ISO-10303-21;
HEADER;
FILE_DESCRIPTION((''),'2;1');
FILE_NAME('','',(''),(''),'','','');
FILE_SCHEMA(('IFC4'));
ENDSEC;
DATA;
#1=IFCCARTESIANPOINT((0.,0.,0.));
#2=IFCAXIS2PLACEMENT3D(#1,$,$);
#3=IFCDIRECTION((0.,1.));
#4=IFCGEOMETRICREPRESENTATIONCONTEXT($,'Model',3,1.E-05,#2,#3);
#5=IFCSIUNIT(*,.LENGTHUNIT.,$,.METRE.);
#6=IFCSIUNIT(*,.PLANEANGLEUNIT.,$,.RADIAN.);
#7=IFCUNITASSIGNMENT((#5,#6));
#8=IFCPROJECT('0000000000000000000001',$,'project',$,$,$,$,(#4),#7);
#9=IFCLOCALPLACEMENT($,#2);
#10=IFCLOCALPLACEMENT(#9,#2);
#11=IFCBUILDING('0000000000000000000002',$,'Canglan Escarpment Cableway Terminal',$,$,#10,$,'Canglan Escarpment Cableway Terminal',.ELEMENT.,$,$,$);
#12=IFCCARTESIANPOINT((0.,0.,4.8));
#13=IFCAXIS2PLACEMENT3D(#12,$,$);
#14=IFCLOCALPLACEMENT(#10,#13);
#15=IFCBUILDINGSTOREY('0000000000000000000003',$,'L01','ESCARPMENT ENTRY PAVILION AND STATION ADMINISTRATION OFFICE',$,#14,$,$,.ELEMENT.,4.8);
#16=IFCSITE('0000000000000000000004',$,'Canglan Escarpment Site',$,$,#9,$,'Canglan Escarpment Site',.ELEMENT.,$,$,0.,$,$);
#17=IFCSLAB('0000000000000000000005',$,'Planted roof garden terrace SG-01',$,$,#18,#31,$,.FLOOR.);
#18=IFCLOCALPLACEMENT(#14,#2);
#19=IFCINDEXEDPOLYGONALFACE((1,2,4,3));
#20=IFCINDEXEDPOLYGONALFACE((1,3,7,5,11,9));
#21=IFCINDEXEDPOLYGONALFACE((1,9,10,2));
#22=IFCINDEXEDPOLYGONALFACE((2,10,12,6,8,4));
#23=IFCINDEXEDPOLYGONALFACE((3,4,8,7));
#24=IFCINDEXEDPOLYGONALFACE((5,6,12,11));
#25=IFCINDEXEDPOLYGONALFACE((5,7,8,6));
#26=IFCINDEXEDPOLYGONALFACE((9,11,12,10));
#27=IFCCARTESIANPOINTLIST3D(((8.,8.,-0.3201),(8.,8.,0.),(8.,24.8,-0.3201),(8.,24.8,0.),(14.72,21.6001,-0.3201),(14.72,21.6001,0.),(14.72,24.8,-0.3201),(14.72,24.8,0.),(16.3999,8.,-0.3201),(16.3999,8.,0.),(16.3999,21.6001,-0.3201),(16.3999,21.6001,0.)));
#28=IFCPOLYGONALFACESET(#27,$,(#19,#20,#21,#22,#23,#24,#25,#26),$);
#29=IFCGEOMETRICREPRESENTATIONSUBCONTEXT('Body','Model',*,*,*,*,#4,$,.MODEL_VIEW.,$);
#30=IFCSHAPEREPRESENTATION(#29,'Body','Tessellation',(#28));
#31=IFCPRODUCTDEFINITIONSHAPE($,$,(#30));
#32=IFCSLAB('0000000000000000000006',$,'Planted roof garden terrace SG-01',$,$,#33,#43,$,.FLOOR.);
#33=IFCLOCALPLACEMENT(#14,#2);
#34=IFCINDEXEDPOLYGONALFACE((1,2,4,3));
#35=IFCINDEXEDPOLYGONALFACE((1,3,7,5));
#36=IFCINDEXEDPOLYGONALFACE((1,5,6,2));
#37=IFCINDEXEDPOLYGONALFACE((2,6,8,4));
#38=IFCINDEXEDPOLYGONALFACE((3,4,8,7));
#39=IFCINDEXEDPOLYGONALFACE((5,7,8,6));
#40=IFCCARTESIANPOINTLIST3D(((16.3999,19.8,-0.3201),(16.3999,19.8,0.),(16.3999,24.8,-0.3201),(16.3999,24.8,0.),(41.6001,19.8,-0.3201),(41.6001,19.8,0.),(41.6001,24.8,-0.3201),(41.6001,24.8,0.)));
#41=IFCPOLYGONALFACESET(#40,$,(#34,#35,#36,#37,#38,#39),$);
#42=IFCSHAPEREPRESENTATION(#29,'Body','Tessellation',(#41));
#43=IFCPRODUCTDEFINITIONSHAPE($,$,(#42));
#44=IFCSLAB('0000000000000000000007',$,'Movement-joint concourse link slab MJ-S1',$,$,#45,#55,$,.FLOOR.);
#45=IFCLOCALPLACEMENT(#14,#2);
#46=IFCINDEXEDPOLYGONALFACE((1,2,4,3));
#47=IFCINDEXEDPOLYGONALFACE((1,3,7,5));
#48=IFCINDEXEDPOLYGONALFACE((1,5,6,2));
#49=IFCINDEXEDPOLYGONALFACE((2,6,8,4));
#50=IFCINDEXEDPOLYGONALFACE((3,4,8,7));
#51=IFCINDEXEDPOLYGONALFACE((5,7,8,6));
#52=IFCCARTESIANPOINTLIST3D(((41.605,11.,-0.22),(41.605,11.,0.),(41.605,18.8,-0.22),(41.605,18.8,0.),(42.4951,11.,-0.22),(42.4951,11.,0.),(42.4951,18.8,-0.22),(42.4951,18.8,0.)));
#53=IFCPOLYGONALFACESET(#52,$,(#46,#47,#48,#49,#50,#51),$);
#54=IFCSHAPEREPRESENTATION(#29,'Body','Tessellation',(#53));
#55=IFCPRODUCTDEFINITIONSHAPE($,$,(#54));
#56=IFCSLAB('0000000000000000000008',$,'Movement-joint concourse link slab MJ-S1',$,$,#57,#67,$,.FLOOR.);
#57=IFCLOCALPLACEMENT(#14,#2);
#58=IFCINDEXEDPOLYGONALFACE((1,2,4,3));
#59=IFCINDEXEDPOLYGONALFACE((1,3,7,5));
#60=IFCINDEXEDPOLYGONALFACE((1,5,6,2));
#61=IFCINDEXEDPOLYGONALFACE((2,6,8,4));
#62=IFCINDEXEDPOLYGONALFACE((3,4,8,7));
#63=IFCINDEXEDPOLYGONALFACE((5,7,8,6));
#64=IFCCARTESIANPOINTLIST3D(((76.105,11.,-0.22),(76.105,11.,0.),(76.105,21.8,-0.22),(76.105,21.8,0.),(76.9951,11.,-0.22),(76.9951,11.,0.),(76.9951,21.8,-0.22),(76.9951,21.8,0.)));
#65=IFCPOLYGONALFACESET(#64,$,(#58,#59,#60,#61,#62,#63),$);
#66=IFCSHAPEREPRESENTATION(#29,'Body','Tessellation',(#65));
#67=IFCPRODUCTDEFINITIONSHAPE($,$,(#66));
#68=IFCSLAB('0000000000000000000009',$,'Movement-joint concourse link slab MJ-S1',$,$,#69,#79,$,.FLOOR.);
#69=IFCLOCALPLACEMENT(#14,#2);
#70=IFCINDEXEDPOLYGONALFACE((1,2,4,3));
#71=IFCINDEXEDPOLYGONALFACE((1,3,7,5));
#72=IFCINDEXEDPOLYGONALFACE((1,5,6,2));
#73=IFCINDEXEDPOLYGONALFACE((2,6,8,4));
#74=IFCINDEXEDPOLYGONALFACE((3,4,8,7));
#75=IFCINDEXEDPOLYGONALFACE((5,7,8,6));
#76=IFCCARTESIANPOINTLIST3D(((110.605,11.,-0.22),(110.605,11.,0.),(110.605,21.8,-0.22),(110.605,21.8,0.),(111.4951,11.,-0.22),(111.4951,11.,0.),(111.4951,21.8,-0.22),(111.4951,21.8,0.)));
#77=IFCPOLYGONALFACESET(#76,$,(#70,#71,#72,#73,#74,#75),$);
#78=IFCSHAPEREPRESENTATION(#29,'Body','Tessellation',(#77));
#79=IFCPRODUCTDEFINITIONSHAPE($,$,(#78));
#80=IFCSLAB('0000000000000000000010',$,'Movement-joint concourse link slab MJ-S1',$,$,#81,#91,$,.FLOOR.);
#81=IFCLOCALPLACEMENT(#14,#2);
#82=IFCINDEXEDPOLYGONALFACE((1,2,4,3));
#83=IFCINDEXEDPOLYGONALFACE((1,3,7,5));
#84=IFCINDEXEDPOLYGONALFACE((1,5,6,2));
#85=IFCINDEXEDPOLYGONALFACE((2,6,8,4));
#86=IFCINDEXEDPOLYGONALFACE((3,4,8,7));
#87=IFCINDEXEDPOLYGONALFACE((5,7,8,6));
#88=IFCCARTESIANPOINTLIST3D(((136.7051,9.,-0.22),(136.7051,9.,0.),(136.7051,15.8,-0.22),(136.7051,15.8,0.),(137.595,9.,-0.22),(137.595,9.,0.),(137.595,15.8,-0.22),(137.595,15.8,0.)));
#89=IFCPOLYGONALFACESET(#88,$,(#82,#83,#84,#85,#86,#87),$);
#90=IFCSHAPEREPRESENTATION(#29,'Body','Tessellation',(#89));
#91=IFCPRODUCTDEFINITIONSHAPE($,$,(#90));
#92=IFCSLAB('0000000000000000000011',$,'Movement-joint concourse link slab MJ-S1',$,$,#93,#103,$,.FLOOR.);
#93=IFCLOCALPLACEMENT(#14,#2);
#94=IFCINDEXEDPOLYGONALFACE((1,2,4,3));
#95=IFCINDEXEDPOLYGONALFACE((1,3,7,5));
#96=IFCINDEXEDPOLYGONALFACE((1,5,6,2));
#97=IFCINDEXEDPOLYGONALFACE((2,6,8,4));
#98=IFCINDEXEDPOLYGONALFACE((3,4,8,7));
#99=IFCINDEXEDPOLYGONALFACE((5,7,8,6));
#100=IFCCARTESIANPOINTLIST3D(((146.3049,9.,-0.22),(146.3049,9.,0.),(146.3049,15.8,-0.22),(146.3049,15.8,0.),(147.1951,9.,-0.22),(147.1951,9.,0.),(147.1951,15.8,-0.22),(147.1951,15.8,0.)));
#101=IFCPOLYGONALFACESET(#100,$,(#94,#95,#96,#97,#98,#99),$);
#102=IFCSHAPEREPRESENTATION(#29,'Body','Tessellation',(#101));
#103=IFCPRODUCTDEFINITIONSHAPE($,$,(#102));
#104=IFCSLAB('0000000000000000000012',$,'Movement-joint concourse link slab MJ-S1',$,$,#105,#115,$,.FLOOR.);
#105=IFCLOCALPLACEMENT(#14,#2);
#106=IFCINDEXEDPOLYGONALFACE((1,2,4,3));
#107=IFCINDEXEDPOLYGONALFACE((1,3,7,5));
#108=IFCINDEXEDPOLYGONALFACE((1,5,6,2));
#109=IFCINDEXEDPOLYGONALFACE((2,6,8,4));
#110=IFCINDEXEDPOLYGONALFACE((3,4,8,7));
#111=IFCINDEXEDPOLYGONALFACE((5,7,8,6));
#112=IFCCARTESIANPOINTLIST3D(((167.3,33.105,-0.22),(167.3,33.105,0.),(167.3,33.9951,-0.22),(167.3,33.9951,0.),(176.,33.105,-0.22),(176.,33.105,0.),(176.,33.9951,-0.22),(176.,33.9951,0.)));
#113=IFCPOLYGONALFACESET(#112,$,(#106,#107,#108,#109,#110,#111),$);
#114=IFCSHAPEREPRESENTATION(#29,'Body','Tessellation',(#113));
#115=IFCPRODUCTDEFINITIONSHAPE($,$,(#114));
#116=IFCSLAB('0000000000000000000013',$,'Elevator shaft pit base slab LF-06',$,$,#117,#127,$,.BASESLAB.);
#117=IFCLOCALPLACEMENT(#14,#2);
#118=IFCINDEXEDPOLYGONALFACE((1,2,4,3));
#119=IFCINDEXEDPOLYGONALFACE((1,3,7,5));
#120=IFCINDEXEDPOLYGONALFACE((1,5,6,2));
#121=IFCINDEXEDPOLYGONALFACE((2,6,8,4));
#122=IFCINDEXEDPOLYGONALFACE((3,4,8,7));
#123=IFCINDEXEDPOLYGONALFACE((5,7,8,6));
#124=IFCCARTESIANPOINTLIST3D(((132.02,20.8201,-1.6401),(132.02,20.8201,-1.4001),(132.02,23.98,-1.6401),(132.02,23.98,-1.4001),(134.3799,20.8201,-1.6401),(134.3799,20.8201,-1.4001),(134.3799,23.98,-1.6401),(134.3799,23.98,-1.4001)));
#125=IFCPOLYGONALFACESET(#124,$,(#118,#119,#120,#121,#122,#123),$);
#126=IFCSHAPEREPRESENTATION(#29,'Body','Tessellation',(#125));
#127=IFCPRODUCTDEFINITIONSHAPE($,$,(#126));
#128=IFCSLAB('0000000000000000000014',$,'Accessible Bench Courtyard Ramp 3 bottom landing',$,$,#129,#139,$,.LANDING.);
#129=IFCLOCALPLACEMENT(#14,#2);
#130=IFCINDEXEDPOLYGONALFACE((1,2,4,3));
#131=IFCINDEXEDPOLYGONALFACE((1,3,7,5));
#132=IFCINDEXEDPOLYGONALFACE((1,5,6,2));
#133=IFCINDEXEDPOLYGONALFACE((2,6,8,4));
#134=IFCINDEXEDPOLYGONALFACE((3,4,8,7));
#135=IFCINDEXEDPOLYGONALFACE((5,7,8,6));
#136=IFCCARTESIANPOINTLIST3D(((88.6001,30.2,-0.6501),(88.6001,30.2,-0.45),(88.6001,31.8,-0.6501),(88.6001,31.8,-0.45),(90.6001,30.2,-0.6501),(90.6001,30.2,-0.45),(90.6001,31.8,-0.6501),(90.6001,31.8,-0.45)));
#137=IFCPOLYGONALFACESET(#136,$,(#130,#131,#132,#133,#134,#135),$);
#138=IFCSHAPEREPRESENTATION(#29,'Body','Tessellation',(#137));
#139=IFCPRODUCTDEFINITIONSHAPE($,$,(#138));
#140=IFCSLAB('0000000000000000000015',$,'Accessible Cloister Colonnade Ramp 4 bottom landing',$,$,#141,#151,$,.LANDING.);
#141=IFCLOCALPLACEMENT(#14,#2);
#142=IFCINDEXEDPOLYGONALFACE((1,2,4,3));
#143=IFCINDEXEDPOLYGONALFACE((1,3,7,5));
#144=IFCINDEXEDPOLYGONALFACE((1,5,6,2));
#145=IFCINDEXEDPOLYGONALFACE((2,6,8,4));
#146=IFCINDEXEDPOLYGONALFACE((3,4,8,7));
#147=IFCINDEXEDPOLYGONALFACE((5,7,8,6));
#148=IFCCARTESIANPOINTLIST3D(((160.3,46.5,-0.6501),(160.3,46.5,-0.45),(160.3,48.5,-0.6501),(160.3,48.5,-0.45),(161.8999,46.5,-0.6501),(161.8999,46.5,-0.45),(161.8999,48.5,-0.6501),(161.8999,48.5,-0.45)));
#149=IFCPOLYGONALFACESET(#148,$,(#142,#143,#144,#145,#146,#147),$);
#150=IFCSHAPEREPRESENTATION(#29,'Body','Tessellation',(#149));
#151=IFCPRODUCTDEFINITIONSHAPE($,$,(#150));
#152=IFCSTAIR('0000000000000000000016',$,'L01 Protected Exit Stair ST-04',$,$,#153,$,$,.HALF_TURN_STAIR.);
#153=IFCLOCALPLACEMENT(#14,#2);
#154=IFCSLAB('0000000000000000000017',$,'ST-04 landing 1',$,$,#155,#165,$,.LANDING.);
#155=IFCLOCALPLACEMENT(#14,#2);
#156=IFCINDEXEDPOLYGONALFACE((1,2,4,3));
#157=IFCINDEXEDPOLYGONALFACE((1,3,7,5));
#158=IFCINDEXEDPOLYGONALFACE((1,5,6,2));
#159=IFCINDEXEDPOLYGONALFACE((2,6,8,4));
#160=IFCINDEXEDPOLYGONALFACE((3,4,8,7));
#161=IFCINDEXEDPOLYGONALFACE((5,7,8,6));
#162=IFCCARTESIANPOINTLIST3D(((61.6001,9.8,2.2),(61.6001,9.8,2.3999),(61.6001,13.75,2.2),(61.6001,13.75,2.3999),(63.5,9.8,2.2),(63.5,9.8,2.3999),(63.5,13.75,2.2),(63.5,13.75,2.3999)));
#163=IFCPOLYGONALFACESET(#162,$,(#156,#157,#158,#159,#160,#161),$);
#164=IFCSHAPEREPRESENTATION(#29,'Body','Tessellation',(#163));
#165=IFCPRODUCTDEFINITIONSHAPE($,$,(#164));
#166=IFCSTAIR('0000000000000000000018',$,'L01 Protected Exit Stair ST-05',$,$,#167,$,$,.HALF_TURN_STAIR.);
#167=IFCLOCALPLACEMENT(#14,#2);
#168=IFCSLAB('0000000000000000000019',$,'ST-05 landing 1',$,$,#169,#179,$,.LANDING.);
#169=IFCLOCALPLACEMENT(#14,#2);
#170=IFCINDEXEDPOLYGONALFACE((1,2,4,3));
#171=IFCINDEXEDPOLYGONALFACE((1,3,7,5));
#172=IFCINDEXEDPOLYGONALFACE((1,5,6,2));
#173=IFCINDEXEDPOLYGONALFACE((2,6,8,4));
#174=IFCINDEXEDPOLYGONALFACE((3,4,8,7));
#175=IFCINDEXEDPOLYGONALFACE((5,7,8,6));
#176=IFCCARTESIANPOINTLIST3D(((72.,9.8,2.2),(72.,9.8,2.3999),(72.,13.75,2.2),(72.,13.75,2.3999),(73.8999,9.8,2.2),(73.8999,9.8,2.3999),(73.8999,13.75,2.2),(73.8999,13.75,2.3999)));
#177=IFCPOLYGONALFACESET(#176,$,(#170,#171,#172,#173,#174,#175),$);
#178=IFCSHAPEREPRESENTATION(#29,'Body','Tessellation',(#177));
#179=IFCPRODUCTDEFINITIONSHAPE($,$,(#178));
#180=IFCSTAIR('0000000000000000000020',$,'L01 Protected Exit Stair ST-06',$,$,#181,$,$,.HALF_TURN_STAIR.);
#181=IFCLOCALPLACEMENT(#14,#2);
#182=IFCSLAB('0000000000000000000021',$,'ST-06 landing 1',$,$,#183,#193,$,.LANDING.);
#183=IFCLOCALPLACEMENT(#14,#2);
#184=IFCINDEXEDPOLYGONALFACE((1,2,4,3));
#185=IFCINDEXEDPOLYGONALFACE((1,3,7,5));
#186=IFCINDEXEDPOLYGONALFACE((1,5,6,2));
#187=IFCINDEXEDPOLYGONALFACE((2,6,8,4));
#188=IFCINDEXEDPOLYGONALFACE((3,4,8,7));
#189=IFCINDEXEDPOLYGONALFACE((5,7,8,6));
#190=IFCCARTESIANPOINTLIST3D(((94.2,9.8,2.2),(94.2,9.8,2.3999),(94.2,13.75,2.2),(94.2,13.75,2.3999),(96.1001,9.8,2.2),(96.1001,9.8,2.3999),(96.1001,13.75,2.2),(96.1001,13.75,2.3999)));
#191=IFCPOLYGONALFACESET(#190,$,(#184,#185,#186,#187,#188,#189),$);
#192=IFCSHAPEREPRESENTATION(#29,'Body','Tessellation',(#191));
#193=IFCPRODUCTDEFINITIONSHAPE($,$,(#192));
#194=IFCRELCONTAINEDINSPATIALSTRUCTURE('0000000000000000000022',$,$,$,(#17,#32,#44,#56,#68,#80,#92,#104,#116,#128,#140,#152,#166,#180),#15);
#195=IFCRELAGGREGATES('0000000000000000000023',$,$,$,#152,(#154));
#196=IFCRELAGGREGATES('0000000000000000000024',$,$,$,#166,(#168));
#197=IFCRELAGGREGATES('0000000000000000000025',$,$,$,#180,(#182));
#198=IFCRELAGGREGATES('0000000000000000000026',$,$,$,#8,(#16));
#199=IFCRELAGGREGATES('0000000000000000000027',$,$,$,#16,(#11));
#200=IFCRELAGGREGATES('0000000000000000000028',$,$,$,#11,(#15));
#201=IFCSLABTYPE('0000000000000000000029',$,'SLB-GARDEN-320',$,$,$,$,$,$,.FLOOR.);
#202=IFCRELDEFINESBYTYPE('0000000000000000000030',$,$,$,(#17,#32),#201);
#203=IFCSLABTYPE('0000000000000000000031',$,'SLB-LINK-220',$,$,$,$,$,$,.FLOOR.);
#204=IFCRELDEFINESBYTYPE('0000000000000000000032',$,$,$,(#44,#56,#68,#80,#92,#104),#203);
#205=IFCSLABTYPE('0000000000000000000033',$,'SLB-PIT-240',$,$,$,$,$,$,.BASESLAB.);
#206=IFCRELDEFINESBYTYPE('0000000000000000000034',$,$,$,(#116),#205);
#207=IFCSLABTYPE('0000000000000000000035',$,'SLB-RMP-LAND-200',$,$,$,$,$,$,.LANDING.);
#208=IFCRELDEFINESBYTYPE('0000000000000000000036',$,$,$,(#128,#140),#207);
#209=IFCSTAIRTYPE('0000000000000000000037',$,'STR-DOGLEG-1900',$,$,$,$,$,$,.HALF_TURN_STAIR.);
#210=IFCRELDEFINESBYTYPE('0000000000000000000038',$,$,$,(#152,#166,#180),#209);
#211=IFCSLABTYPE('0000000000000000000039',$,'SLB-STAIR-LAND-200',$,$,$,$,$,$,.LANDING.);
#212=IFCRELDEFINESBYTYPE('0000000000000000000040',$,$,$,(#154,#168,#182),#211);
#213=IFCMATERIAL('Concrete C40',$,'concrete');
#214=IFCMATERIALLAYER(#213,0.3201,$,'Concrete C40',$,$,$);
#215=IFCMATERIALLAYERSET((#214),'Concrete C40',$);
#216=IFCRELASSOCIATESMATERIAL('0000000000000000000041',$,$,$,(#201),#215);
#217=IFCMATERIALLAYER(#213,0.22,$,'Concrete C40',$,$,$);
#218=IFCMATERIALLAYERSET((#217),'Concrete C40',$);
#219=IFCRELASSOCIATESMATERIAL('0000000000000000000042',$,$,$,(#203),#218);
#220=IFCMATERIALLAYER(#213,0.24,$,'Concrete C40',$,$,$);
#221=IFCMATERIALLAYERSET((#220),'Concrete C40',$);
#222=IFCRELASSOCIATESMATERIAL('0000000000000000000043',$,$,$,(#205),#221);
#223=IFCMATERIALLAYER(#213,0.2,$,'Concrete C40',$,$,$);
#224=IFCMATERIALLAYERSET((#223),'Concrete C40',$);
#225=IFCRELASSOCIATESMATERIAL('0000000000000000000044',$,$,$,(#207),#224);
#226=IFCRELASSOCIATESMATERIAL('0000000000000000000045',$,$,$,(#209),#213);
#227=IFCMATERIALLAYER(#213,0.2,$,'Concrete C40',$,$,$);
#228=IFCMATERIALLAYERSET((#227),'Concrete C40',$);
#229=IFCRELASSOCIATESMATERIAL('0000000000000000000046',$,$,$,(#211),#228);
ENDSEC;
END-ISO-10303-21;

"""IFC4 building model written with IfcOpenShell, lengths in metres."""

from ifc_helpers import new_model, si_unit, direction, frame, origin, place, context, subcontext, project, spatial, polyline, outline, extrude, material, layer, layer_set, type_object, element, aggregate, save


model = new_model("IFC4")

# Units and contexts
model_context = context("Model", 3, precision=1e-05, world=origin(), true_north=direction((0.0, 1.0)))
body_context = subcontext(model_context, "Body", "Model", "MODEL_VIEW")
ifc_project = project(units=[si_unit("LENGTHUNIT", "METRE"), si_unit("PLANEANGLEUNIT", "RADIAN")], contexts=[model_context])

# Site, building, storey
site_placement = place(None, origin())
site = spatial("IfcSite", under=ifc_project, at=site_placement, Name="Canglan Escarpment Site", LongName="Canglan Escarpment Site", CompositionType="ELEMENT", RefElevation=0.0)
building_placement = place(site_placement, origin())
building = spatial("IfcBuilding", under=site, at=building_placement, Name="Canglan Escarpment Cableway Terminal", LongName="Canglan Escarpment Cableway Terminal", CompositionType="ELEMENT")
storey_placement = place(building_placement, frame((0.0, 0.0, 4.8)))
storey = spatial("IfcBuildingStorey", under=building, at=storey_placement, Name="L01", Description="ESCARPMENT ENTRY PAVILION AND STATION ADMINISTRATION OFFICE", CompositionType="ELEMENT", Elevation=4.8)

# Slabs
ifc_material_1 = material(Name="Concrete C40", Category="concrete")
ifc_layer_1 = layer(ifc_material_1, 0.3201, Name="Concrete C40")
ifc_layer_set_1 = layer_set([ifc_layer_1], Name="Concrete C40")
slab_type_1 = type_object("IfcSlabType", Name="SLB-GARDEN-320", PredefinedType="FLOOR", material=ifc_layer_set_1)
slab_1_placement = place(storey_placement, frame((0.0, 0.0, -0.3201)))
element("IfcSlab", 1, at=slab_1_placement, inside=storey, type_object=slab_type_1, Name="Planted roof garden terrace SG-01", PredefinedType="FLOOR", context=body_context, shape_type="SweptSolid", body=[
    extrude(outline(polyline([(8.0, 8.0), (16.3999, 8.0), (16.3999, 21.6001), (14.72, 21.6001), (14.72, 24.8), (8.0, 24.8), (8.0, 8.0)])), origin(), (0.0, 0.0, 1.0), 0.3201),
])
slab_2_placement = place(storey_placement, frame((0.0, 0.0, -0.3201)))
element("IfcSlab", 2, at=slab_2_placement, inside=storey, type_object=slab_type_1, Name="Planted roof garden terrace SG-01", PredefinedType="FLOOR", context=body_context, shape_type="SweptSolid", body=[
    extrude(outline(polyline([(16.3999, 19.8), (41.6001, 19.8), (41.6001, 24.8), (16.3999, 24.8), (16.3999, 19.8)])), origin(), (0.0, 0.0, 1.0), 0.3201),
])
ifc_layer_2 = layer(ifc_material_1, 0.22, Name="Concrete C40")
ifc_layer_set_2 = layer_set([ifc_layer_2], Name="Concrete C40")
slab_type_2 = type_object("IfcSlabType", Name="SLB-LINK-220", PredefinedType="FLOOR", material=ifc_layer_set_2)
slab_3_placement = place(storey_placement, frame((0.0, 0.0, -0.22)))
element("IfcSlab", 3, at=slab_3_placement, inside=storey, type_object=slab_type_2, Name="Movement-joint concourse link slab MJ-S1", PredefinedType="FLOOR", context=body_context, shape_type="SweptSolid", body=[
    extrude(outline(polyline([(42.4951, 18.8), (42.4951, 11.0), (41.605, 11.0), (41.605, 18.8), (42.4951, 18.8)])), origin(), (0.0, 0.0, 1.0), 0.22),
])
slab_4_placement = place(storey_placement, frame((0.0, 0.0, -0.22)))
element("IfcSlab", 4, at=slab_4_placement, inside=storey, type_object=slab_type_2, Name="Movement-joint concourse link slab MJ-S1", PredefinedType="FLOOR", context=body_context, shape_type="SweptSolid", body=[
    extrude(outline(polyline([(76.9951, 21.8), (76.9951, 11.0), (76.105, 11.0), (76.105, 21.8), (76.9951, 21.8)])), origin(), (0.0, 0.0, 1.0), 0.22),
])
slab_5_placement = place(storey_placement, frame((0.0, 0.0, -0.22)))
element("IfcSlab", 5, at=slab_5_placement, inside=storey, type_object=slab_type_2, Name="Movement-joint concourse link slab MJ-S1", PredefinedType="FLOOR", context=body_context, shape_type="SweptSolid", body=[
    extrude(outline(polyline([(111.4951, 21.8), (111.4951, 11.0), (110.605, 11.0), (110.605, 21.8), (111.4951, 21.8)])), origin(), (0.0, 0.0, 1.0), 0.22),
])
slab_6_placement = place(storey_placement, frame((0.0, 0.0, -0.22)))
element("IfcSlab", 6, at=slab_6_placement, inside=storey, type_object=slab_type_2, Name="Movement-joint concourse link slab MJ-S1", PredefinedType="FLOOR", context=body_context, shape_type="SweptSolid", body=[
    extrude(outline(polyline([(137.595, 15.8), (137.595, 9.0), (136.7051, 9.0), (136.7051, 15.8), (137.595, 15.8)])), origin(), (0.0, 0.0, 1.0), 0.22),
])
slab_7_placement = place(storey_placement, frame((0.0, 0.0, -0.22)))
element("IfcSlab", 7, at=slab_7_placement, inside=storey, type_object=slab_type_2, Name="Movement-joint concourse link slab MJ-S1", PredefinedType="FLOOR", context=body_context, shape_type="SweptSolid", body=[
    extrude(outline(polyline([(147.1951, 15.8), (147.1951, 9.0), (146.3049, 9.0), (146.3049, 15.8), (147.1951, 15.8)])), origin(), (0.0, 0.0, 1.0), 0.22),
])
slab_8_placement = place(storey_placement, frame((0.0, 0.0, -0.22)))
element("IfcSlab", 8, at=slab_8_placement, inside=storey, type_object=slab_type_2, Name="Movement-joint concourse link slab MJ-S1", PredefinedType="FLOOR", context=body_context, shape_type="SweptSolid", body=[
    extrude(outline(polyline([(176.0, 33.105), (167.3, 33.105), (167.3, 33.9951), (176.0, 33.9951), (176.0, 33.105)])), origin(), (0.0, 0.0, 1.0), 0.22),
])
ifc_layer_3 = layer(ifc_material_1, 0.24, Name="Concrete C40")
ifc_layer_set_3 = layer_set([ifc_layer_3], Name="Concrete C40")
slab_type_3 = type_object("IfcSlabType", Name="SLB-PIT-240", PredefinedType="BASESLAB", material=ifc_layer_set_3)
slab_9_placement = place(storey_placement, frame((0.0, 0.0, -1.6401)))
element("IfcSlab", 9, at=slab_9_placement, inside=storey, type_object=slab_type_3, Name="Elevator shaft pit base slab LF-06", PredefinedType="BASESLAB", context=body_context, shape_type="SweptSolid", body=[
    extrude(outline(polyline([(132.02, 20.8201), (134.3799, 20.8201), (134.3799, 23.98), (132.02, 23.98), (132.02, 20.8201)])), origin(), (0.0, 0.0, 1.0), 0.24),
])
ifc_layer_4 = layer(ifc_material_1, 0.2, Name="Concrete C40")
ifc_layer_set_4 = layer_set([ifc_layer_4], Name="Concrete C40")
slab_type_4 = type_object("IfcSlabType", Name="SLB-RMP-LAND-200", PredefinedType="LANDING", material=ifc_layer_set_4)
slab_10_placement = place(storey_placement, frame((0.0, 0.0, -0.6501)))
element("IfcSlab", 10, at=slab_10_placement, inside=storey, type_object=slab_type_4, Name="Accessible Bench Courtyard Ramp 3 bottom landing", PredefinedType="LANDING", context=body_context, shape_type="SweptSolid", body=[
    extrude(outline(polyline([(88.6001, 30.2), (90.6001, 30.2), (90.6001, 31.8), (88.6001, 31.8), (88.6001, 30.2)])), origin(), (0.0, 0.0, 1.0), 0.2002),
])
slab_11_placement = place(storey_placement, frame((0.0, 0.0, -0.6501)))
element("IfcSlab", 11, at=slab_11_placement, inside=storey, type_object=slab_type_4, Name="Accessible Cloister Colonnade Ramp 4 bottom landing", PredefinedType="LANDING", context=body_context, shape_type="SweptSolid", body=[
    extrude(outline(polyline([(160.3, 46.5), (161.8999, 46.5), (161.8999, 48.5), (160.3, 48.5), (160.3, 46.5)])), origin(), (0.0, 0.0, 1.0), 0.2002),
])

# Stairs, slabs
stair_type_1 = type_object("IfcStairType", Name="STR-DOGLEG-1900", PredefinedType="HALF_TURN_STAIR", material=ifc_material_1)
stair_1_placement = place(storey_placement, origin())
stair_1 = element("IfcStair", 12, at=stair_1_placement, inside=storey, type_object=stair_type_1, Name="L01 Protected Exit Stair ST-04", PredefinedType="HALF_TURN_STAIR")
ifc_layer_5 = layer(ifc_material_1, 0.2, Name="Concrete C40")
ifc_layer_set_5 = layer_set([ifc_layer_5], Name="Concrete C40")
slab_type_5 = type_object("IfcSlabType", Name="SLB-STAIR-LAND-200", PredefinedType="LANDING", material=ifc_layer_set_5)
slab_12_placement = place(storey_placement, frame((0.0, 0.0, 2.2)))
slab_12 = element("IfcSlab", 13, at=slab_12_placement, type_object=slab_type_5, Name="ST-04 landing 1", PredefinedType="LANDING", context=body_context, shape_type="SweptSolid", body=[
    extrude(outline(polyline([(61.6001, 9.8), (63.5, 9.8), (63.5, 13.75), (61.6001, 13.75), (61.6001, 9.8)])), origin(), (0.0, 0.0, 1.0), 0.2),
])
aggregate(stair_1, [slab_12])
stair_2_placement = place(storey_placement, origin())
stair_2 = element("IfcStair", 14, at=stair_2_placement, inside=storey, type_object=stair_type_1, Name="L01 Protected Exit Stair ST-05", PredefinedType="HALF_TURN_STAIR")
slab_13_placement = place(storey_placement, frame((0.0, 0.0, 2.2)))
slab_13 = element("IfcSlab", 15, at=slab_13_placement, type_object=slab_type_5, Name="ST-05 landing 1", PredefinedType="LANDING", context=body_context, shape_type="SweptSolid", body=[
    extrude(outline(polyline([(72.0, 9.8), (73.8999, 9.8), (73.8999, 13.75), (72.0, 13.75), (72.0, 9.8)])), origin(), (0.0, 0.0, 1.0), 0.2),
])
aggregate(stair_2, [slab_13])
stair_3_placement = place(storey_placement, origin())
stair_3 = element("IfcStair", 16, at=stair_3_placement, inside=storey, type_object=stair_type_1, Name="L01 Protected Exit Stair ST-06", PredefinedType="HALF_TURN_STAIR")
slab_14_placement = place(storey_placement, frame((0.0, 0.0, 2.2)))
slab_14 = element("IfcSlab", 17, at=slab_14_placement, type_object=slab_type_5, Name="ST-06 landing 1", PredefinedType="LANDING", context=body_context, shape_type="SweptSolid", body=[
    extrude(outline(polyline([(94.2, 9.8), (96.1001, 9.8), (96.1001, 13.75), (94.2, 13.75), (94.2, 9.8)])), origin(), (0.0, 0.0, 1.0), 0.2),
])
aggregate(stair_3, [slab_14])

save(model, "model.ifc")
